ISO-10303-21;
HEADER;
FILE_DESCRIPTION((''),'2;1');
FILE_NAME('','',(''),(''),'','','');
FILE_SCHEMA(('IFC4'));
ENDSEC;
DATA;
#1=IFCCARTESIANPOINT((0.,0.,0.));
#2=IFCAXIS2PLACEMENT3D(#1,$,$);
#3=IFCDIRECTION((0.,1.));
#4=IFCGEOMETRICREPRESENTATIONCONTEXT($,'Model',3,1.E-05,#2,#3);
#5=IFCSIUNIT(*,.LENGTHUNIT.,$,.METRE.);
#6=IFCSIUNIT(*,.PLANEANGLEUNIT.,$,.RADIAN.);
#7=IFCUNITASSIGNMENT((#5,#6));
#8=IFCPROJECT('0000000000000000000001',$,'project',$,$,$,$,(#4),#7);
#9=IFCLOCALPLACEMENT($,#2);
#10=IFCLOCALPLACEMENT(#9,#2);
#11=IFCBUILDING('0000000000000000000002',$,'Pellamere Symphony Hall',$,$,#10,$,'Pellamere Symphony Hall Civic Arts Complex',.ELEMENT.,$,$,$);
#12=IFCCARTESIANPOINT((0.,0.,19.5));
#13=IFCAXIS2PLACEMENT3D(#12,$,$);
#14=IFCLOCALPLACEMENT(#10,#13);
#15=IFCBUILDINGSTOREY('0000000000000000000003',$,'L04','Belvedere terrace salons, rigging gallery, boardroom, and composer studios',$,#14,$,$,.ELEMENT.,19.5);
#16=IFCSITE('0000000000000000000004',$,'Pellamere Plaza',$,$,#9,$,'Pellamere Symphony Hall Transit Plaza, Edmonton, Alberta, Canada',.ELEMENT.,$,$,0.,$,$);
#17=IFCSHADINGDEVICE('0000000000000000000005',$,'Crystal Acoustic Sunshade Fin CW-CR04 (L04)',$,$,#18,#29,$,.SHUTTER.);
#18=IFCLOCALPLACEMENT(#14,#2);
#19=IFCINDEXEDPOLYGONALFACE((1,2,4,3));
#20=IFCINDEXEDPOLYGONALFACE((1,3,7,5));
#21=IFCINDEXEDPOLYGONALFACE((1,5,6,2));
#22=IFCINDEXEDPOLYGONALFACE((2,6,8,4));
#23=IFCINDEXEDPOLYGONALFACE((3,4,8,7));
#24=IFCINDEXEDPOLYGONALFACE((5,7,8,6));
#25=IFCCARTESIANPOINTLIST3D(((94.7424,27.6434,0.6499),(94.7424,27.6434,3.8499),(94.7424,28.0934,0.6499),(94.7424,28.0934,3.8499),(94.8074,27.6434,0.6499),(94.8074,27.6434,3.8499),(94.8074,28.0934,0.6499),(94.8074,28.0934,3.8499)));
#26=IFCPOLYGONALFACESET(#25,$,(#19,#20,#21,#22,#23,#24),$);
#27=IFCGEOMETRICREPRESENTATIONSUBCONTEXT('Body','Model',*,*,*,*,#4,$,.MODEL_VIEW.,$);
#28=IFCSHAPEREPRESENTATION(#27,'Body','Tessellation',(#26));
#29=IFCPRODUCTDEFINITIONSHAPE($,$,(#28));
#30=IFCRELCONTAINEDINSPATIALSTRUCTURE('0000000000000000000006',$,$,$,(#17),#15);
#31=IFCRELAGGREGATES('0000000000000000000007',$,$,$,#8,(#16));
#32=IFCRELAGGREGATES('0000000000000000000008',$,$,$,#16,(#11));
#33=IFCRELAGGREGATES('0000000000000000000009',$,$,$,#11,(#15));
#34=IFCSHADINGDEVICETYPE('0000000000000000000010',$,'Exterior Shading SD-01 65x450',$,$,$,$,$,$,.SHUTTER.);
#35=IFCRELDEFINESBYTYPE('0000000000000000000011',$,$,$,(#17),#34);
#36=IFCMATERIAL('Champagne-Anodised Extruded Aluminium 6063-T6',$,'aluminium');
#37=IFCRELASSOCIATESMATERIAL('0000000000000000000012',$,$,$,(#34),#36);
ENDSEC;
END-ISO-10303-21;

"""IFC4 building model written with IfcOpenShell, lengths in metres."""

from ifc_helpers import new_model, si_unit, direction, frame, origin, origin_2d, place, context, subcontext, project, spatial, rectangle, extrude, material, type_object, element, save


model = new_model("IFC4")

# Units and contexts
model_context = context("Model", 3, precision=1e-05, world=origin(), true_north=direction((0.0, 1.0)))
body_context = subcontext(model_context, "Body", "Model", "MODEL_VIEW")
ifc_project = project(units=[si_unit("LENGTHUNIT", "METRE"), si_unit("PLANEANGLEUNIT", "RADIAN")], contexts=[model_context])

# Site, building, storey
site_placement = place(None, origin())
site = spatial("IfcSite", under=ifc_project, at=site_placement, Name="Pellamere Plaza", LongName="Pellamere Symphony Hall Transit Plaza, Edmonton, Alberta, Canada", CompositionType="ELEMENT", RefElevation=0.0)
building_placement = place(site_placement, origin())
building = spatial("IfcBuilding", under=site, at=building_placement, Name="Pellamere Symphony Hall", LongName="Pellamere Symphony Hall Civic Arts Complex", CompositionType="ELEMENT")
storey_placement = place(building_placement, frame((0.0, 0.0, 19.5)))
storey = spatial("IfcBuildingStorey", under=building, at=storey_placement, Name="L04", Description="Belvedere terrace salons, rigging gallery, boardroom, and composer studios", CompositionType="ELEMENT", Elevation=19.5)

# Shading device
ifc_material_1 = material(Name="Champagne-Anodised Extruded Aluminium 6063-T6", Category="aluminium")
shading_device_type = type_object("IfcShadingDeviceType", Name="Exterior Shading SD-01 65x450", PredefinedType="SHUTTER", material=ifc_material_1)
shading_device_placement = place(storey_placement, frame((94.7749, 27.8684, 0.6499), z_axis=(0.0, 0.0, 1.0), x_axis=(1.0, 0.0, 0.0)))
element("IfcShadingDevice", 1, at=shading_device_placement, inside=storey, type_object=shading_device_type, Name="Crystal Acoustic Sunshade Fin CW-CR04 (L04)", PredefinedType="SHUTTER", context=body_context, shape_type="SweptSolid", body=[
    extrude(rectangle(XDim=0.0649, YDim=0.45, at=origin_2d()), origin(), (0.0, 0.0, 1.0), 3.2),
])

save(model, "model.ifc")
